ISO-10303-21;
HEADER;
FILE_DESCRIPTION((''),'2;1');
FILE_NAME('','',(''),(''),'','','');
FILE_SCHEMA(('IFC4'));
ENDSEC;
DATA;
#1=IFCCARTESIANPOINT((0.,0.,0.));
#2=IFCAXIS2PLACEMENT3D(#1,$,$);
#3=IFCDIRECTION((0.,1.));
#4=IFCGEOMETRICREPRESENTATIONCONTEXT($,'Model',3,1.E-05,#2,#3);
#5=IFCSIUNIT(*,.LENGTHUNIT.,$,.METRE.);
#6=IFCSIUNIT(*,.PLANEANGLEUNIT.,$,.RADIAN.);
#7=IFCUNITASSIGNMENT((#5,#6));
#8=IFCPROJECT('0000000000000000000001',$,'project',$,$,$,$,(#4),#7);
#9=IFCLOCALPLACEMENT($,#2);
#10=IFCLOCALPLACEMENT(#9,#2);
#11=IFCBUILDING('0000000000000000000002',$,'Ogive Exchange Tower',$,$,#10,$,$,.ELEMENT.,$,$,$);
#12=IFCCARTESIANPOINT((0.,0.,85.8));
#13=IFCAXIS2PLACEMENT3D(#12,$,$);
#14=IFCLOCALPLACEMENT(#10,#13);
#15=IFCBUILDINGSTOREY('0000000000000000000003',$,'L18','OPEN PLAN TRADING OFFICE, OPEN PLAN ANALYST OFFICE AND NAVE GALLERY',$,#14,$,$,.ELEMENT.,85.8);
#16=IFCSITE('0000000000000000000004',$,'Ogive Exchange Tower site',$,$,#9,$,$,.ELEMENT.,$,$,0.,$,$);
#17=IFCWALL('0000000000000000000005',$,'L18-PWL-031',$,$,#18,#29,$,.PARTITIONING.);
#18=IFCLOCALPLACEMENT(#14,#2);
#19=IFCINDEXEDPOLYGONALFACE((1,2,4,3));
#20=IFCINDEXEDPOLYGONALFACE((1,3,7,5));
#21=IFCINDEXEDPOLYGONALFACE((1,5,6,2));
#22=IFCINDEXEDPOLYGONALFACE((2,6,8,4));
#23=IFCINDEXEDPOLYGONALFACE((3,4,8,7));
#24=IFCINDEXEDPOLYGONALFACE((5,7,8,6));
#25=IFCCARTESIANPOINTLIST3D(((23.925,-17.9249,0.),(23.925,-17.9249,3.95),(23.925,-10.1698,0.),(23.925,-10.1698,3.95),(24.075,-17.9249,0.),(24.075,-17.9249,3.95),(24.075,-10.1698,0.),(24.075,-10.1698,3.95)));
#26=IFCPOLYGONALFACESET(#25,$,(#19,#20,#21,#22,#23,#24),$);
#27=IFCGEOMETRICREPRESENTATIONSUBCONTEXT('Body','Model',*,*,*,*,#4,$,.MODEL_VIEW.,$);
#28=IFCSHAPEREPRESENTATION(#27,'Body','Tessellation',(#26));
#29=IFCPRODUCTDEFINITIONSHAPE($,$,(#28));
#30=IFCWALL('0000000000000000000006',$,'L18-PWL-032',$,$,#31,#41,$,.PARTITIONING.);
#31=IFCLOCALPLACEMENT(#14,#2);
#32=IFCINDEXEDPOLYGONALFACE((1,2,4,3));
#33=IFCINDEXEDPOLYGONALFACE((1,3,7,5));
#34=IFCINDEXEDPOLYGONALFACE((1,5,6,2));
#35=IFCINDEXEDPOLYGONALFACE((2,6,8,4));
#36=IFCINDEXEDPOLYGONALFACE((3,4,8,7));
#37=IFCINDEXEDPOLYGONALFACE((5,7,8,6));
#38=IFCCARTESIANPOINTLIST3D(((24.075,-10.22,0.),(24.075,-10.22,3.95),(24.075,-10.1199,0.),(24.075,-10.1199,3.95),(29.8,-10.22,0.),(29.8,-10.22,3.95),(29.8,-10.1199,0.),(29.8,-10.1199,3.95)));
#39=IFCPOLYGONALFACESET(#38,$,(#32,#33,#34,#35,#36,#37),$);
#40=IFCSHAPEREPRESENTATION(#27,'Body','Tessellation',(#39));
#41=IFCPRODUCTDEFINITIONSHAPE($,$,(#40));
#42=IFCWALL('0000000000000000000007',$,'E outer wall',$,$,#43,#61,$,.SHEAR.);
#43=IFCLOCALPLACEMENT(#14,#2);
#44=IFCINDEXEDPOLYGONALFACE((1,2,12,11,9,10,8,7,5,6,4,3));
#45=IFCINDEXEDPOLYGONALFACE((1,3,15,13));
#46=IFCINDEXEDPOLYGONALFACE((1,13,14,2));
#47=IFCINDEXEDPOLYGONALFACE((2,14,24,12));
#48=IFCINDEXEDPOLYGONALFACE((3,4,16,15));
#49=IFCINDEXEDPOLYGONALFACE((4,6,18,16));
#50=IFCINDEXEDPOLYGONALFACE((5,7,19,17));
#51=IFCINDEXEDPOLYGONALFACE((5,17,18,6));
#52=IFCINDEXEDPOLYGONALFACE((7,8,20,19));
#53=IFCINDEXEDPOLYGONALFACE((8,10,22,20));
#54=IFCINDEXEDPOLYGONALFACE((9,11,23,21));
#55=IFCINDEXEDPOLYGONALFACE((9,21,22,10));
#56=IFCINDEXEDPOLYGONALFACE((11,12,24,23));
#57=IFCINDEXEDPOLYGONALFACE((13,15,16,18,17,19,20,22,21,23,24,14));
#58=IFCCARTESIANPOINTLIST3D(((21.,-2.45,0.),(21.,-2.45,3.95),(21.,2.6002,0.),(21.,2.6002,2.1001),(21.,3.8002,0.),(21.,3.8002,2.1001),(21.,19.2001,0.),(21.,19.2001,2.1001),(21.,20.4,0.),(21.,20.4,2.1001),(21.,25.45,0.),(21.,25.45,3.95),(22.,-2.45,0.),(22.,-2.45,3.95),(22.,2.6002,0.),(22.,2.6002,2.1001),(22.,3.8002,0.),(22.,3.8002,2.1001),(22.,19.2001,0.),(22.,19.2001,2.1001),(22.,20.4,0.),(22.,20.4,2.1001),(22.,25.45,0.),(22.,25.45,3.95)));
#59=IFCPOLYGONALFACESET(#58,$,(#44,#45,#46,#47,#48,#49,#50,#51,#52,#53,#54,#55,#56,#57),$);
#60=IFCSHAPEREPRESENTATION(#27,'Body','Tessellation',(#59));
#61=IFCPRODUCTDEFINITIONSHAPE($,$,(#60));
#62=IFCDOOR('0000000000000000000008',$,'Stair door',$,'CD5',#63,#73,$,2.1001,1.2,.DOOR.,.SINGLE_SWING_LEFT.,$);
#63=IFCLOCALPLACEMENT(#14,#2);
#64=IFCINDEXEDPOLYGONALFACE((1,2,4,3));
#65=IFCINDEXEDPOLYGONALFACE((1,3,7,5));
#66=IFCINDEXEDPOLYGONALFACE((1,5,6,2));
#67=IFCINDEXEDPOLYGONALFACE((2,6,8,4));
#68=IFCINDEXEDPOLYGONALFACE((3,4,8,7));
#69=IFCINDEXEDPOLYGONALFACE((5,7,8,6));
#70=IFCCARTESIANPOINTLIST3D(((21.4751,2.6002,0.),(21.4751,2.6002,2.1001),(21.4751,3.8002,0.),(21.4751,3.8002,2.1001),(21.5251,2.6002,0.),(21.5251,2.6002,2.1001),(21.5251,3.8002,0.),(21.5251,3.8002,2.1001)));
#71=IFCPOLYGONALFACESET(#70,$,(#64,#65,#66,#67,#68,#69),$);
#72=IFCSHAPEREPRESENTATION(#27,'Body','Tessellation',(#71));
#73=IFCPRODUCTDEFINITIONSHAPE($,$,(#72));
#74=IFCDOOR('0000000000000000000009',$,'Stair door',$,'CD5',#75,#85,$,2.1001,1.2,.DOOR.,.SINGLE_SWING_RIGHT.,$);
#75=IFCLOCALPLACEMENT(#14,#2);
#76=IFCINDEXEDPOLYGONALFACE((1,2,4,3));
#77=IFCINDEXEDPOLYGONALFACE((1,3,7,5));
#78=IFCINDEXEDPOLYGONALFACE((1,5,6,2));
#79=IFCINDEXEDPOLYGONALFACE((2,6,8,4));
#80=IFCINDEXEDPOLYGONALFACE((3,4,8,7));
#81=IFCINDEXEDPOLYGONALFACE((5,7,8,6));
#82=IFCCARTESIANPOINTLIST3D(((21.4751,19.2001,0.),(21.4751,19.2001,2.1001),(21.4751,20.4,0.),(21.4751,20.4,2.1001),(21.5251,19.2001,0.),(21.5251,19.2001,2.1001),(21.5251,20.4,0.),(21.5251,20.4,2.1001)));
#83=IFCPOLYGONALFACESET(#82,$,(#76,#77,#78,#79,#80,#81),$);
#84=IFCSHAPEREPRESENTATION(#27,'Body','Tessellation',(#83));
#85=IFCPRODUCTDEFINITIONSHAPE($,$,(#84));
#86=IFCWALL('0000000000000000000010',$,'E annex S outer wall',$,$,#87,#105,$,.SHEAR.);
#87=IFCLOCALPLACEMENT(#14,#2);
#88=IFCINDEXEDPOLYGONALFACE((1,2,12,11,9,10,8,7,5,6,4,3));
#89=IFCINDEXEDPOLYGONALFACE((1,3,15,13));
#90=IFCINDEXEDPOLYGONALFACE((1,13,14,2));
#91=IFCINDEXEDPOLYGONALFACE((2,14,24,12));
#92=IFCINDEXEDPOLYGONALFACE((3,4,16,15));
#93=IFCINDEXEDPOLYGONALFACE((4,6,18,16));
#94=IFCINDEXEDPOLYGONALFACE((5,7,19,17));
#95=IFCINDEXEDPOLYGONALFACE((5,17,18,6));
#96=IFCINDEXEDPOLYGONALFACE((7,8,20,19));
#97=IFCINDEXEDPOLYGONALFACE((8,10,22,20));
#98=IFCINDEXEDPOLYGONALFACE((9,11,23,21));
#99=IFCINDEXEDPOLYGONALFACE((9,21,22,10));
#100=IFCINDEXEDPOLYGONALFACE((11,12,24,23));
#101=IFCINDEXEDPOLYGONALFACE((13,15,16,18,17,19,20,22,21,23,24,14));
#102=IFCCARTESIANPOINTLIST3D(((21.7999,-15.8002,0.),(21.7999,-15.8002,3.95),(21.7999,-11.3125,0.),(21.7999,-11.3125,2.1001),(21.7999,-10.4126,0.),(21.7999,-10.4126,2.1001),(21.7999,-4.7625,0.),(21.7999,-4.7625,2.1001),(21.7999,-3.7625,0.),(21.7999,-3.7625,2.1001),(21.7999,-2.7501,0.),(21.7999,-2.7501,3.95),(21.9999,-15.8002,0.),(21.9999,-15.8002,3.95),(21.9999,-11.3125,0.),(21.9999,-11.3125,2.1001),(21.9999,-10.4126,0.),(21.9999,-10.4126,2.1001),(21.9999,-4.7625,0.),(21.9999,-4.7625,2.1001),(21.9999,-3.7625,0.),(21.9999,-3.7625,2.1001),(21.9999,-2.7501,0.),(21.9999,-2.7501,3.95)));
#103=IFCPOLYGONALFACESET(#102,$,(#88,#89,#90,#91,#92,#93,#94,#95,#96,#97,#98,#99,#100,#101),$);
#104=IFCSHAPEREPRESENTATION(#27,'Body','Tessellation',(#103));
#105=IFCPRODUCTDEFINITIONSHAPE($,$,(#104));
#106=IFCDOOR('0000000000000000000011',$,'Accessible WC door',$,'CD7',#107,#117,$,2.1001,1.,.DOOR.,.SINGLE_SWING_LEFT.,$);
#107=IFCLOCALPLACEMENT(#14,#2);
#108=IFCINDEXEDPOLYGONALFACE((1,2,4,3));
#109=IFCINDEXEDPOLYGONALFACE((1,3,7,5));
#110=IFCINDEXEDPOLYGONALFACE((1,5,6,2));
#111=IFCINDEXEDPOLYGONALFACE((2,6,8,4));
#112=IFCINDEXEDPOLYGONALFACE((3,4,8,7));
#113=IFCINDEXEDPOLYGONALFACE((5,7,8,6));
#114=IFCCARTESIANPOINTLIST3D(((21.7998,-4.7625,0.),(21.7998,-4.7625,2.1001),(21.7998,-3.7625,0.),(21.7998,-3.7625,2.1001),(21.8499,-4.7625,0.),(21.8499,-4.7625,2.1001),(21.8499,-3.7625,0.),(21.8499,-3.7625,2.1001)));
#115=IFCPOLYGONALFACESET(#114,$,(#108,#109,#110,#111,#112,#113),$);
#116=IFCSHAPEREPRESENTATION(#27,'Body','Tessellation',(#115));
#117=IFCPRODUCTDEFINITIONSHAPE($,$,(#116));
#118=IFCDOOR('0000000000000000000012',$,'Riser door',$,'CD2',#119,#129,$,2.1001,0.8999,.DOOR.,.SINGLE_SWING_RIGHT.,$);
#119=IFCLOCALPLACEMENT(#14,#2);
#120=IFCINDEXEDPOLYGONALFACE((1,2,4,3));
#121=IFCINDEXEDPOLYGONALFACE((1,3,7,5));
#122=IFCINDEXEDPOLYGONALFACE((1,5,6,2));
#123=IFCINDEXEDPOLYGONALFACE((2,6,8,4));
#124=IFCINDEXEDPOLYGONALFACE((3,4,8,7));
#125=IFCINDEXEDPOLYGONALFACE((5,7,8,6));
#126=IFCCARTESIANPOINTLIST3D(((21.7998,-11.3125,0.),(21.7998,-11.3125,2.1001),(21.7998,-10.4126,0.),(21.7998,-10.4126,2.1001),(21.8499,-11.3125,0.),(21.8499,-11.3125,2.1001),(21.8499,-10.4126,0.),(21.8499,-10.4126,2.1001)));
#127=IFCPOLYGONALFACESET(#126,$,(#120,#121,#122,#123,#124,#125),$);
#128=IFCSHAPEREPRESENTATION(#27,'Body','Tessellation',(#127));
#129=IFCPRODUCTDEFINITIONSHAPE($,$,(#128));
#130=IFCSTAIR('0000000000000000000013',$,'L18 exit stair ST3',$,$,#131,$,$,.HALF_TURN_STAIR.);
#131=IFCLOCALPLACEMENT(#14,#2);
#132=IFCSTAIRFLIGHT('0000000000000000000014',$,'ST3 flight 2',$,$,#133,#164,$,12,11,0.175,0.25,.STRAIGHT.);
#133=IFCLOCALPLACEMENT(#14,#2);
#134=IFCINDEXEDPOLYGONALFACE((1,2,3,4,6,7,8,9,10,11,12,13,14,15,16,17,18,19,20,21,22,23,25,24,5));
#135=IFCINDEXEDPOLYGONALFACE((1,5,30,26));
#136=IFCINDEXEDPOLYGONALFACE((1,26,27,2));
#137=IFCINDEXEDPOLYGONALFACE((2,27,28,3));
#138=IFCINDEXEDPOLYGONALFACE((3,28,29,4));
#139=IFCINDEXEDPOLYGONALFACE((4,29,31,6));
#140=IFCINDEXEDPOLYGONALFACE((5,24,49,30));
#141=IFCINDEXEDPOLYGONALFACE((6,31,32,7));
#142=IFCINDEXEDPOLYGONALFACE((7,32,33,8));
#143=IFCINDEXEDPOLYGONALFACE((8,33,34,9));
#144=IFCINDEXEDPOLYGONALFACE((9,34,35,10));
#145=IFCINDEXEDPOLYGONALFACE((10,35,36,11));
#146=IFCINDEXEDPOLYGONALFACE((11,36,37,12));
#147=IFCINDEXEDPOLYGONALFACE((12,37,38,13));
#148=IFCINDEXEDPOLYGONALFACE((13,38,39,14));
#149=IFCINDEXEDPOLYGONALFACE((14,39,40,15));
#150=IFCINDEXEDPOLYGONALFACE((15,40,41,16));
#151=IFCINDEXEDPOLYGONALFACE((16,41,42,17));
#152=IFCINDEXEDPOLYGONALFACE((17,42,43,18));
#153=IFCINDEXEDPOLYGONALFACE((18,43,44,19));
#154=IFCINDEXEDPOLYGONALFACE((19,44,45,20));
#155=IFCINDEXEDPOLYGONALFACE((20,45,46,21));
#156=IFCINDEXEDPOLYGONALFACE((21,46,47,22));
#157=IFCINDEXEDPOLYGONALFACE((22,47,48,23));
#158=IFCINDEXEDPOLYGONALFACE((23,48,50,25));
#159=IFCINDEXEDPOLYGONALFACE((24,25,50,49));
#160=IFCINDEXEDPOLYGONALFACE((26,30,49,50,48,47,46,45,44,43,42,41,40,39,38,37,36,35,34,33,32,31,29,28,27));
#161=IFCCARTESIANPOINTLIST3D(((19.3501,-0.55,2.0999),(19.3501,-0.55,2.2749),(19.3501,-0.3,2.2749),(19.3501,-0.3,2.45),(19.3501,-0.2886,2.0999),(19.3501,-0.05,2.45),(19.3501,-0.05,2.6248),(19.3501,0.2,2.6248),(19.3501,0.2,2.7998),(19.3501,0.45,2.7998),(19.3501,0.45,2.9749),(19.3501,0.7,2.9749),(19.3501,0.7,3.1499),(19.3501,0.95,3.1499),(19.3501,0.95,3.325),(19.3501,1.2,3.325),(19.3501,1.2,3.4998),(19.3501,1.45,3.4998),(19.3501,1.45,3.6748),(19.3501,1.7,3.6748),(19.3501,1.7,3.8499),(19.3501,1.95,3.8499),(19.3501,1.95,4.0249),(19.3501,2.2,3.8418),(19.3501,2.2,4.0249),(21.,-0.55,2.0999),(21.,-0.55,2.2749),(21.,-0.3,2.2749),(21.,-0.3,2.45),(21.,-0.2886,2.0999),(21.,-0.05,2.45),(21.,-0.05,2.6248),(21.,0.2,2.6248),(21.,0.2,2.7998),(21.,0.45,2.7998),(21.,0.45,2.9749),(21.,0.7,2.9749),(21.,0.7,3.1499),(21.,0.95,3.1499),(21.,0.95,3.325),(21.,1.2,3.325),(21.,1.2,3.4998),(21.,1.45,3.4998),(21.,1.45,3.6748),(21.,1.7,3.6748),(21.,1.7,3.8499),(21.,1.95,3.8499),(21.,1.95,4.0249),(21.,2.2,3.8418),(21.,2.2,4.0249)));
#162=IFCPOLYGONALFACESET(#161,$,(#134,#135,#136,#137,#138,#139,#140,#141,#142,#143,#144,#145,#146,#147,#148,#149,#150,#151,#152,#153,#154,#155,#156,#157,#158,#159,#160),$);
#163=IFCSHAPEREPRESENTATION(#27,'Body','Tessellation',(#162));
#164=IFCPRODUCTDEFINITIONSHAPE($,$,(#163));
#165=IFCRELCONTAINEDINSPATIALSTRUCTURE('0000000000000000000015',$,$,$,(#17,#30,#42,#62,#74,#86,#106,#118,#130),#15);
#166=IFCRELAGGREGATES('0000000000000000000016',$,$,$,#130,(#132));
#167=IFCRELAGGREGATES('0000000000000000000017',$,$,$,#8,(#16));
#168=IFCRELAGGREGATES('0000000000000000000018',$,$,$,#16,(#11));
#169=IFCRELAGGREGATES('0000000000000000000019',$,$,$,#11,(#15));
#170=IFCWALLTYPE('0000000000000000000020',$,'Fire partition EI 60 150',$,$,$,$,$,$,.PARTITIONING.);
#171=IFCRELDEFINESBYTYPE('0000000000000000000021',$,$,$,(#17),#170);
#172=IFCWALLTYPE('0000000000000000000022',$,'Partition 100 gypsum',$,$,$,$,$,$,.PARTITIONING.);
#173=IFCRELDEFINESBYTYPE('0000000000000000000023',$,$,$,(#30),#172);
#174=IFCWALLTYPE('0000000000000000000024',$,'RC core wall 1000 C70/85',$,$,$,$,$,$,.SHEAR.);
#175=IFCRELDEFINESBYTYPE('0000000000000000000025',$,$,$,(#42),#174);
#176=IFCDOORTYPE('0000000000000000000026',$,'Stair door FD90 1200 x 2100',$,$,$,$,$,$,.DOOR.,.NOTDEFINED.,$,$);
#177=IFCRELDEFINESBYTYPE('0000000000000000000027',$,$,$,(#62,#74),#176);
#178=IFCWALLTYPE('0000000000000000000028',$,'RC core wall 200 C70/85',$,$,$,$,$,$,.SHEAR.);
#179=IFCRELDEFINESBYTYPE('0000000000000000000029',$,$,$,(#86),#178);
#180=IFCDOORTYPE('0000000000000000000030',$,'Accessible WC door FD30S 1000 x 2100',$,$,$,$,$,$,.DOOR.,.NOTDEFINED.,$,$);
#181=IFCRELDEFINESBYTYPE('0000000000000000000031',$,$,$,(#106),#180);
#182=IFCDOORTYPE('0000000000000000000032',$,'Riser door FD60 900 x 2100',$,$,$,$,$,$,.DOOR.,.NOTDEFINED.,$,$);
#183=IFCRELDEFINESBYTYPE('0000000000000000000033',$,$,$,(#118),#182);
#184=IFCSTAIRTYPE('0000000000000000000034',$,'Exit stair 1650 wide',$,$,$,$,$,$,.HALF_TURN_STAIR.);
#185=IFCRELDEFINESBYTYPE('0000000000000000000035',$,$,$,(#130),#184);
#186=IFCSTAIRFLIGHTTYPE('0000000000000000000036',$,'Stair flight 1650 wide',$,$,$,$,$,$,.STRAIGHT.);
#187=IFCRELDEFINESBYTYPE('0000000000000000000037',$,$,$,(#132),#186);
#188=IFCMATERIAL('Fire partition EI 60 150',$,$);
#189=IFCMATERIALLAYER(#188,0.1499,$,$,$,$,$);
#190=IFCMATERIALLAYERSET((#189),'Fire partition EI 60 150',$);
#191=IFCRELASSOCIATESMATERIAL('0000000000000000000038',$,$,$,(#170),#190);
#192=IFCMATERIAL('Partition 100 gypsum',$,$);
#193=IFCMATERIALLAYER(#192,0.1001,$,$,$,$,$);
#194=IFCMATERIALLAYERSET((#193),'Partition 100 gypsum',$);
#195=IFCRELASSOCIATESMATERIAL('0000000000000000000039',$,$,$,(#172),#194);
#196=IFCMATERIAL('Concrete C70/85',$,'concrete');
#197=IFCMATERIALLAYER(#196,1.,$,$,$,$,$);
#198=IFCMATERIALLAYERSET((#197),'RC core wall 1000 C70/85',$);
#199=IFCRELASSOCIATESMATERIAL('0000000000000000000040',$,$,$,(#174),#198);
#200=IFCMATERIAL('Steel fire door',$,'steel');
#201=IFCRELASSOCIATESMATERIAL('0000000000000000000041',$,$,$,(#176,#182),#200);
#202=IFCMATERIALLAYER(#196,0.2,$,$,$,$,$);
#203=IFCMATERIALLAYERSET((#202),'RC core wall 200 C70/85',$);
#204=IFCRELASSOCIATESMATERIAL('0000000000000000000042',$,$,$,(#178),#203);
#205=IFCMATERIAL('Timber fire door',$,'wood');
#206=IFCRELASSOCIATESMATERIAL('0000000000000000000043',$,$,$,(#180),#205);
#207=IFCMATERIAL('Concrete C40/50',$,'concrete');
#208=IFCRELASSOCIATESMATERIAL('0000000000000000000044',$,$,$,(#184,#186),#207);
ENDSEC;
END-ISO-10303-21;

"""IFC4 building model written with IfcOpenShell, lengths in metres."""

from ifc_helpers import new_model, si_unit, direction, frame, frame_2d, origin, place, context, subcontext, project, spatial, polyline, rectangle, outline, extrude, material, layer, layer_set, type_object, element, fill, aggregate, save


model = new_model("IFC4")

# Units and contexts
model_context = context("Model", 3, precision=1e-05, world=origin(), true_north=direction((0.0, 1.0)))
body_context = subcontext(model_context, "Body", "Model", "MODEL_VIEW")
ifc_project = project(units=[si_unit("LENGTHUNIT", "METRE"), si_unit("PLANEANGLEUNIT", "RADIAN")], contexts=[model_context])

# Site, building, storey
site_placement = place(None, origin())
site = spatial("IfcSite", under=ifc_project, at=site_placement, Name="Ogive Exchange Tower site", CompositionType="ELEMENT", RefElevation=0.0)
building_placement = place(site_placement, origin())
building = spatial("IfcBuilding", under=site, at=building_placement, Name="Ogive Exchange Tower", CompositionType="ELEMENT")
storey_placement = place(building_placement, frame((0.0, 0.0, 85.8)))
storey = spatial("IfcBuildingStorey", under=building, at=storey_placement, Name="L18", Description="OPEN PLAN TRADING OFFICE, OPEN PLAN ANALYST OFFICE AND NAVE GALLERY", CompositionType="ELEMENT", Elevation=85.8)

# Shared definitions
ifc_material_1 = material(Name="Fire partition EI 60 150")
ifc_layer_1 = layer(ifc_material_1, 0.1499)
ifc_layer_set_1 = layer_set([ifc_layer_1], Name="Fire partition EI 60 150")
wall_type_1 = type_object("IfcWallType", Name="Fire partition EI 60 150", PredefinedType="PARTITIONING", material=ifc_layer_set_1)

# Walls
wall_1_placement = place(storey_placement, frame((24.0, -10.1699, 0.0), z_axis=(0.0, 0.0, 1.0), x_axis=(0.0, -1.0, 0.0)))
element("IfcWall", 1, at=wall_1_placement, inside=storey, type_object=wall_type_1, Name="L18-PWL-031", PredefinedType="PARTITIONING", context=body_context, shape_type="SweptSolid", body=[
    extrude(rectangle(XDim=7.7551, YDim=0.1499, at=frame_2d((3.8774, 0.0))), origin(), (0.0, 0.0, 1.0), 3.95),
])
ifc_material_2 = material(Name="Partition 100 gypsum")
ifc_layer_2 = layer(ifc_material_2, 0.1001)
ifc_layer_set_2 = layer_set([ifc_layer_2], Name="Partition 100 gypsum")
wall_type_2 = type_object("IfcWallType", Name="Partition 100 gypsum", PredefinedType="PARTITIONING", material=ifc_layer_set_2)
wall_2_placement = place(storey_placement, frame((24.075, -10.1699, 0.0), z_axis=(0.0, 0.0, 1.0), x_axis=(1.0, 0.0, 0.0)))
element("IfcWall", 2, at=wall_2_placement, inside=storey, type_object=wall_type_2, Name="L18-PWL-032", PredefinedType="PARTITIONING", context=body_context, shape_type="SweptSolid", body=[
    extrude(rectangle(XDim=5.7251, YDim=0.1001, at=frame_2d((2.8625, 0.0))), origin(), (0.0, 0.0, 1.0), 3.95),
])

# Walls, openings, doors
ifc_material_3 = material(Name="Concrete C70/85", Category="concrete")
ifc_layer_3 = layer(ifc_material_3, 1.0)
ifc_layer_set_3 = layer_set([ifc_layer_3], Name="RC core wall 1000 C70/85")
wall_type_3 = type_object("IfcWallType", Name="RC core wall 1000 C70/85", PredefinedType="SHEAR", material=ifc_layer_set_3)
wall_3_placement = place(storey_placement, frame((21.5, -2.45, 0.0), z_axis=(0.0, 0.0, 1.0), x_axis=(0.0, 1.0, 0.0)))
wall_3 = element("IfcWall", 3, at=wall_3_placement, inside=storey, type_object=wall_type_3, Name="E outer wall", PredefinedType="SHEAR", context=body_context, shape_type="SweptSolid", body=[
    extrude(rectangle(XDim=27.8999, YDim=1.0, at=frame_2d((13.95, 0.0))), origin(), (0.0, 0.0, 1.0), 3.95),
])
opening_1_placement = place(wall_3_placement, frame((5.05, 0.0, 0.0)))
opening_1 = element("IfcOpeningElement", 4, at=opening_1_placement, cuts=wall_3, PredefinedType="OPENING", context=body_context, shape_type="SweptSolid", body=[
    extrude(rectangle(XDim=1.2, YDim=2.1001, at=frame_2d((0.6001, 1.05))), frame((0.0, 0.51, 0.0), z_axis=(0.0, -1.0, 0.0), x_axis=(1.0, 0.0, 0.0)), (0.0, 0.0, 1.0), 1.02),
])
opening_2_placement = place(wall_3_placement, frame((21.6499, 0.0, 0.0)))
opening_2 = element("IfcOpeningElement", 5, at=opening_2_placement, cuts=wall_3, PredefinedType="OPENING", context=body_context, shape_type="SweptSolid", body=[
    extrude(rectangle(XDim=1.2, YDim=2.1001, at=frame_2d((0.6001, 1.05))), frame((0.0, 0.51, 0.0), z_axis=(0.0, -1.0, 0.0), x_axis=(1.0, 0.0, 0.0)), (0.0, 0.0, 1.0), 1.02),
])
ifc_material_4 = material(Name="Steel fire door", Category="steel")
door_type_1 = type_object("IfcDoorType", Name="Stair door FD90 1200 x 2100", OperationType="NOTDEFINED", PredefinedType="DOOR", material=ifc_material_4)
door_1_placement = place(opening_1_placement, origin())
door_1 = element("IfcDoor", 6, at=door_1_placement, inside=storey, type_object=door_type_1, Name="Stair door", ObjectType="CD5", OperationType="SINGLE_SWING_LEFT", OverallHeight=2.1001, OverallWidth=1.2, PredefinedType="DOOR", context=body_context, shape_type="SweptSolid", body=[
    extrude(rectangle(XDim=1.2, YDim=2.1001, at=frame_2d((0.6001, 1.05))), frame((0.0, 0.0249, 0.0), z_axis=(0.0, -1.0, 0.0), x_axis=(1.0, 0.0, 0.0)), (0.0, 0.0, 1.0), 0.05),
])
fill(opening_1, door_1)
door_2_placement = place(opening_2_placement, origin())
door_2 = element("IfcDoor", 7, at=door_2_placement, inside=storey, type_object=door_type_1, Name="Stair door", ObjectType="CD5", OperationType="SINGLE_SWING_RIGHT", OverallHeight=2.1001, OverallWidth=1.2, PredefinedType="DOOR", context=body_context, shape_type="SweptSolid", body=[
    extrude(rectangle(XDim=1.2, YDim=2.1001, at=frame_2d((0.6001, 1.05))), frame((0.0, 0.0249, 0.0), z_axis=(0.0, -1.0, 0.0), x_axis=(1.0, 0.0, 0.0)), (0.0, 0.0, 1.0), 0.05),
])
fill(opening_2, door_2)
ifc_layer_4 = layer(ifc_material_3, 0.2)
ifc_layer_set_4 = layer_set([ifc_layer_4], Name="RC core wall 200 C70/85")
wall_type_4 = type_object("IfcWallType", Name="RC core wall 200 C70/85", PredefinedType="SHEAR", material=ifc_layer_set_4)
wall_4_placement = place(storey_placement, frame((21.8999, -15.8, 0.0), z_axis=(0.0, 0.0, 1.0), x_axis=(0.0, 1.0, 0.0)))
wall_4 = element("IfcWall", 8, at=wall_4_placement, inside=storey, type_object=wall_type_4, Name="E annex S outer wall", PredefinedType="SHEAR", context=body_context, shape_type="SweptSolid", body=[
    extrude(rectangle(XDim=13.05, YDim=0.2, at=frame_2d((6.5249, 0.0))), origin(), (0.0, 0.0, 1.0), 3.95),
])
opening_3_placement = place(wall_4_placement, frame((4.4875, 0.0, 0.0)))
opening_3 = element("IfcOpeningElement", 9, at=opening_3_placement, cuts=wall_4, PredefinedType="OPENING", context=body_context, shape_type="SweptSolid", body=[
    extrude(rectangle(XDim=0.8999, YDim=2.1001, at=frame_2d((0.45, 1.05))), frame((0.0, 0.1099, 0.0), z_axis=(0.0, -1.0, 0.0), x_axis=(1.0, 0.0, 0.0)), (0.0, 0.0, 1.0), 0.22),
])
opening_4_placement = place(wall_4_placement, frame((11.0376, 0.0, 0.0)))
opening_4 = element("IfcOpeningElement", 10, at=opening_4_placement, cuts=wall_4, PredefinedType="OPENING", context=body_context, shape_type="SweptSolid", body=[
    extrude(rectangle(XDim=1.0, YDim=2.1001, at=frame_2d((0.5, 1.05))), frame((0.0, 0.1099, 0.0), z_axis=(0.0, -1.0, 0.0), x_axis=(1.0, 0.0, 0.0)), (0.0, 0.0, 1.0), 0.22),
])
ifc_material_5 = material(Name="Timber fire door", Category="wood")
door_type_2 = type_object("IfcDoorType", Name="Accessible WC door FD30S 1000 x 2100", OperationType="NOTDEFINED", PredefinedType="DOOR", material=ifc_material_5)
door_3_placement = place(opening_4_placement, origin())
door_3 = element("IfcDoor", 11, at=door_3_placement, inside=storey, type_object=door_type_2, Name="Accessible WC door", ObjectType="CD7", OperationType="SINGLE_SWING_LEFT", OverallHeight=2.1001, OverallWidth=1.0, PredefinedType="DOOR", context=body_context, shape_type="SweptSolid", body=[
    extrude(rectangle(XDim=1.0, YDim=2.1001, at=frame_2d((0.5, 1.05))), frame((0.0, 0.1001, 0.0), z_axis=(0.0, -1.0, 0.0), x_axis=(1.0, 0.0, 0.0)), (0.0, 0.0, 1.0), 0.05),
])
fill(opening_4, door_3)
door_type_3 = type_object("IfcDoorType", Name="Riser door FD60 900 x 2100", OperationType="NOTDEFINED", PredefinedType="DOOR", material=ifc_material_4)
door_4_placement = place(opening_3_placement, origin())
door_4 = element("IfcDoor", 12, at=door_4_placement, inside=storey, type_object=door_type_3, Name="Riser door", ObjectType="CD2", OperationType="SINGLE_SWING_RIGHT", OverallHeight=2.1001, OverallWidth=0.8999, PredefinedType="DOOR", context=body_context, shape_type="SweptSolid", body=[
    extrude(rectangle(XDim=0.8999, YDim=2.1001, at=frame_2d((0.45, 1.05))), frame((0.0, 0.1001, 0.0), z_axis=(0.0, -1.0, 0.0), x_axis=(1.0, 0.0, 0.0)), (0.0, 0.0, 1.0), 0.05),
])
fill(opening_3, door_4)

# Stair, stair flight
ifc_material_6 = material(Name="Concrete C40/50", Category="concrete")
stair_type = type_object("IfcStairType", Name="Exit stair 1650 wide", PredefinedType="HALF_TURN_STAIR", material=ifc_material_6)
stair_placement = place(storey_placement, origin())
stair = element("IfcStair", 13, at=stair_placement, inside=storey, type_object=stair_type, Name="L18 exit stair ST3", PredefinedType="HALF_TURN_STAIR")
stair_flight_type = type_object("IfcStairFlightType", Name="Stair flight 1650 wide", PredefinedType="STRAIGHT", material=ifc_material_6)
stair_flight_placement = place(storey_placement, frame((20.175, -0.55, 2.0999), z_axis=(0.0, 0.0, 1.0), x_axis=(0.0, 1.0, 0.0)))
stair_flight = element("IfcStairFlight", 14, at=stair_flight_placement, type_object=stair_flight_type, Name="ST3 flight 2", NumberOfRisers=12, NumberOfTreads=11, PredefinedType="STRAIGHT", RiserHeight=0.175, TreadLength=0.25, context=body_context, shape_type="SweptSolid", body=[
    extrude(outline(polyline([(0.0, 0.0), (0.0, 0.175), (0.25, 0.175), (0.25, 0.3501), (0.5, 0.3501), (0.5, 0.5249), (0.75, 0.5249), (0.75, 0.7), (1.0, 0.7), (1.0, 0.875), (1.25, 0.875), (1.25, 1.05), (1.5, 1.05), (1.5, 1.2251), (1.75, 1.2251), (1.75, 1.3999), (2.0, 1.3999), (2.0, 1.575), (2.25, 1.575), (2.25, 1.75), (2.5, 1.75), (2.5, 1.925), (2.75, 1.925), (2.75, 2.1001), (2.75, 1.7419), (0.2615, 0.0), (0.0, 0.0)])), frame((0.0, 0.825, 0.0), z_axis=(0.0, -1.0, 0.0), x_axis=(1.0, 0.0, 0.0)), (0.0, 0.0, 1.0), 1.6499),
])
aggregate(stair, [stair_flight])

save(model, "model.ifc")
